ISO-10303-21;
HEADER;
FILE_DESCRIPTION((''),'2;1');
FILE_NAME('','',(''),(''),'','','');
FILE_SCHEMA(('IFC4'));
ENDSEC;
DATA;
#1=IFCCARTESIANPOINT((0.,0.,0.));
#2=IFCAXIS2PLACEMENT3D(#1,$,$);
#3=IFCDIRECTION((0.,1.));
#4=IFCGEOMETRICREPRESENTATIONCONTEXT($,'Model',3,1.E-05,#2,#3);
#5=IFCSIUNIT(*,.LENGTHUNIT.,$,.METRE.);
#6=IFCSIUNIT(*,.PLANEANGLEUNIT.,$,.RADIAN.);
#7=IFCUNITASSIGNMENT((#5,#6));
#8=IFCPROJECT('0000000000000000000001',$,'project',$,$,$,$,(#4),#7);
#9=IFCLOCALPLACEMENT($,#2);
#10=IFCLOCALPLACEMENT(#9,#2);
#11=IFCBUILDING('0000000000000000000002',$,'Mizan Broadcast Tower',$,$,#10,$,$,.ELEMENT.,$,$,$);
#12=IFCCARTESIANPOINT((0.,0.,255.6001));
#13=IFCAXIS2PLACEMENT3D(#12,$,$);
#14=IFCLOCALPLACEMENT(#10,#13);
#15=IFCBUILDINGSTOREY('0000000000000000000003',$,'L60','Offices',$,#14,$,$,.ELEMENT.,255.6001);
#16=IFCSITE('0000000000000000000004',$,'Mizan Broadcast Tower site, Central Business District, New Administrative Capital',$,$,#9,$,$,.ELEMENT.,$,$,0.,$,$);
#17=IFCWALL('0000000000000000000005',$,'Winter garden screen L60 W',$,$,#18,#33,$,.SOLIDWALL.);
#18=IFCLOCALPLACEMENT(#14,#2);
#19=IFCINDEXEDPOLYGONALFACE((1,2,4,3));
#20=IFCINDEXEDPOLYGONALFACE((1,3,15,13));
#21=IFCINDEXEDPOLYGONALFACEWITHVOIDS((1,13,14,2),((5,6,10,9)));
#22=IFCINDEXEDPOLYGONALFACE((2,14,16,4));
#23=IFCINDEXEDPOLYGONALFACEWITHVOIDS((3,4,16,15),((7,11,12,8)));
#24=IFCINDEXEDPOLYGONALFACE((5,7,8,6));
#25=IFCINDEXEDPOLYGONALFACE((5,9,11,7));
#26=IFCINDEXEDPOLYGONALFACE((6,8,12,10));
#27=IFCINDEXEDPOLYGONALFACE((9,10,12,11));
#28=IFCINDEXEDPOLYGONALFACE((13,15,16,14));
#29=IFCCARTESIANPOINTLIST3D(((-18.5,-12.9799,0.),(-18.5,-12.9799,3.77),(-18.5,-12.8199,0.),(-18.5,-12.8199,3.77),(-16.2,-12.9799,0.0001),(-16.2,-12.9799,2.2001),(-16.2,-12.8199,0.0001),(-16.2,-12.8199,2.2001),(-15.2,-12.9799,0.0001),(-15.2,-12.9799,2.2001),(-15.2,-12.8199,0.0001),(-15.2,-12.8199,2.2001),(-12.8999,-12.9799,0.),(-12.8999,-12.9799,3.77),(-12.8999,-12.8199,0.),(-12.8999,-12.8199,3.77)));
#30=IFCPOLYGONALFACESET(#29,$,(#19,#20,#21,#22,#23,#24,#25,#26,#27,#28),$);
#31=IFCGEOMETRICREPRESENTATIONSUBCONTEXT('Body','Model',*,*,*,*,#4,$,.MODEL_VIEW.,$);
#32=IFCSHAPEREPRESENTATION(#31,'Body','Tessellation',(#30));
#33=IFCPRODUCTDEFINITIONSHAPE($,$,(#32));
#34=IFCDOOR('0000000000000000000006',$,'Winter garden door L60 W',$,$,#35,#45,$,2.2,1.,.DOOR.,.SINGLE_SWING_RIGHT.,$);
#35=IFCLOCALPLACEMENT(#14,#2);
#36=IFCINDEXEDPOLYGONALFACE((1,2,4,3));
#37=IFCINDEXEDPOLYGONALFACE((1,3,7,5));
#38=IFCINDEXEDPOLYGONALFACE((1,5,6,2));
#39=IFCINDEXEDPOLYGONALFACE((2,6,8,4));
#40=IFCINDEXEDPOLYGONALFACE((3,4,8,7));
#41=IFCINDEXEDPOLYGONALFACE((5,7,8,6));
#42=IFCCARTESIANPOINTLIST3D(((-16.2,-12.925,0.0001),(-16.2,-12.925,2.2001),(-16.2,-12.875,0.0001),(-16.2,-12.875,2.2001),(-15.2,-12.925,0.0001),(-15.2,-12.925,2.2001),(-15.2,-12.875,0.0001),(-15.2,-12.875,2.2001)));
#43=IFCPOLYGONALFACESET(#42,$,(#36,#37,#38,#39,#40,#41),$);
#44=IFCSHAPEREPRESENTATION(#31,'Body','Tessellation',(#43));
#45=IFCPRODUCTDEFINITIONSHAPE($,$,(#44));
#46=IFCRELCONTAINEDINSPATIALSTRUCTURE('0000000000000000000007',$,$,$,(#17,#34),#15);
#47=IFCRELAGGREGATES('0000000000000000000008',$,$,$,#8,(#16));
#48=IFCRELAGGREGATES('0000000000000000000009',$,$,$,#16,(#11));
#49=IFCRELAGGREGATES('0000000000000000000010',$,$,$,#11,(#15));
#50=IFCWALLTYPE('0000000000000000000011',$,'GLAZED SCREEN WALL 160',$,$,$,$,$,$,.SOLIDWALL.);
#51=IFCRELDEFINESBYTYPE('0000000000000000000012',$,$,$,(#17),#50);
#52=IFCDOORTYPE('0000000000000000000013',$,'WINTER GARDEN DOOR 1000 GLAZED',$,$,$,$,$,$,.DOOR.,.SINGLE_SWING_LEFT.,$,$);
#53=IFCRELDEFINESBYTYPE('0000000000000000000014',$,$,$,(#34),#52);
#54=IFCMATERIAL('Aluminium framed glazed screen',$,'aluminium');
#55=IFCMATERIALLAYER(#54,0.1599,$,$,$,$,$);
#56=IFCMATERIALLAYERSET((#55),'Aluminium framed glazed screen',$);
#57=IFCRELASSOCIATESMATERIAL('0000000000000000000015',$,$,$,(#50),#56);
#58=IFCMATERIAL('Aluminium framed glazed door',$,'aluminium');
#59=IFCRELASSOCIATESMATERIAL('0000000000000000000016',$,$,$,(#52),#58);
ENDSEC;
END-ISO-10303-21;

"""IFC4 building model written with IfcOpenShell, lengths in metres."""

from ifc_helpers import new_model, si_unit, direction, frame, frame_2d, origin, place, context, subcontext, project, spatial, rectangle, extrude, material, layer, layer_set, type_object, element, fill, save


model = new_model("IFC4")

# Units and contexts
model_context = context("Model", 3, precision=1e-05, world=origin(), true_north=direction((0.0, 1.0)))
body_context = subcontext(model_context, "Body", "Model", "MODEL_VIEW")
ifc_project = project(units=[si_unit("LENGTHUNIT", "METRE"), si_unit("PLANEANGLEUNIT", "RADIAN")], contexts=[model_context])

# Site, building, storey
site_placement = place(None, origin())
site = spatial("IfcSite", under=ifc_project, at=site_placement, Name="Mizan Broadcast Tower site, Central Business District, New Administrative Capital", CompositionType="ELEMENT", RefElevation=0.0)
building_placement = place(site_placement, origin())
building = spatial("IfcBuilding", under=site, at=building_placement, Name="Mizan Broadcast Tower", CompositionType="ELEMENT")
storey_placement = place(building_placement, frame((0.0, 0.0, 255.6001)))
storey = spatial("IfcBuildingStorey", under=building, at=storey_placement, Name="L60", Description="Offices", CompositionType="ELEMENT", Elevation=255.6001)

# Wall, opening, door
ifc_material_1 = material(Name="Aluminium framed glazed screen", Category="aluminium")
ifc_layer_1 = layer(ifc_material_1, 0.1599)
ifc_layer_set_1 = layer_set([ifc_layer_1], Name="Aluminium framed glazed screen")
wall_type = type_object("IfcWallType", Name="GLAZED SCREEN WALL 160", PredefinedType="SOLIDWALL", material=ifc_layer_set_1)
wall_placement = place(storey_placement, frame((-18.5, -12.8999, 0.0), z_axis=(0.0, 0.0, 1.0), x_axis=(1.0, 0.0, 0.0)))
wall = element("IfcWall", 1, at=wall_placement, inside=storey, type_object=wall_type, Name="Winter garden screen L60 W", PredefinedType="SOLIDWALL", context=body_context, shape_type="SweptSolid", body=[
    extrude(rectangle(XDim=5.6001, YDim=0.1599, at=frame_2d((2.8, 0.0))), origin(), (0.0, 0.0, 1.0), 3.77),
])
opening_placement = place(wall_placement, frame((2.3, 0.0, 0.0)))
opening = element("IfcOpeningElement", 2, at=opening_placement, cuts=wall, PredefinedType="OPENING", context=body_context, shape_type="SweptSolid", body=[
    extrude(rectangle(XDim=1.0, YDim=2.2, at=frame_2d((0.5, 1.1001))), frame((0.0, 0.0898, 0.0), z_axis=(0.0, -1.0, 0.0), x_axis=(1.0, 0.0, 0.0)), (0.0, 0.0, 1.0), 0.1799),
])
ifc_material_2 = material(Name="Aluminium framed glazed door", Category="aluminium")
door_type = type_object("IfcDoorType", Name="WINTER GARDEN DOOR 1000 GLAZED", OperationType="SINGLE_SWING_LEFT", PredefinedType="DOOR", material=ifc_material_2)
door_placement = place(opening_placement, origin())
door = element("IfcDoor", 3, at=door_placement, inside=storey, type_object=door_type, Name="Winter garden door L60 W", OperationType="SINGLE_SWING_RIGHT", OverallHeight=2.2, OverallWidth=1.0, PredefinedType="DOOR", context=body_context, shape_type="SweptSolid", body=[
    extrude(rectangle(XDim=1.0, YDim=2.2, at=frame_2d((0.5, 1.1001))), frame((0.0, 0.0249, 0.0), z_axis=(0.0, -1.0, 0.0), x_axis=(1.0, 0.0, 0.0)), (0.0, 0.0, 1.0), 0.05),
])
fill(opening, door)

save(model, "model.ifc")
